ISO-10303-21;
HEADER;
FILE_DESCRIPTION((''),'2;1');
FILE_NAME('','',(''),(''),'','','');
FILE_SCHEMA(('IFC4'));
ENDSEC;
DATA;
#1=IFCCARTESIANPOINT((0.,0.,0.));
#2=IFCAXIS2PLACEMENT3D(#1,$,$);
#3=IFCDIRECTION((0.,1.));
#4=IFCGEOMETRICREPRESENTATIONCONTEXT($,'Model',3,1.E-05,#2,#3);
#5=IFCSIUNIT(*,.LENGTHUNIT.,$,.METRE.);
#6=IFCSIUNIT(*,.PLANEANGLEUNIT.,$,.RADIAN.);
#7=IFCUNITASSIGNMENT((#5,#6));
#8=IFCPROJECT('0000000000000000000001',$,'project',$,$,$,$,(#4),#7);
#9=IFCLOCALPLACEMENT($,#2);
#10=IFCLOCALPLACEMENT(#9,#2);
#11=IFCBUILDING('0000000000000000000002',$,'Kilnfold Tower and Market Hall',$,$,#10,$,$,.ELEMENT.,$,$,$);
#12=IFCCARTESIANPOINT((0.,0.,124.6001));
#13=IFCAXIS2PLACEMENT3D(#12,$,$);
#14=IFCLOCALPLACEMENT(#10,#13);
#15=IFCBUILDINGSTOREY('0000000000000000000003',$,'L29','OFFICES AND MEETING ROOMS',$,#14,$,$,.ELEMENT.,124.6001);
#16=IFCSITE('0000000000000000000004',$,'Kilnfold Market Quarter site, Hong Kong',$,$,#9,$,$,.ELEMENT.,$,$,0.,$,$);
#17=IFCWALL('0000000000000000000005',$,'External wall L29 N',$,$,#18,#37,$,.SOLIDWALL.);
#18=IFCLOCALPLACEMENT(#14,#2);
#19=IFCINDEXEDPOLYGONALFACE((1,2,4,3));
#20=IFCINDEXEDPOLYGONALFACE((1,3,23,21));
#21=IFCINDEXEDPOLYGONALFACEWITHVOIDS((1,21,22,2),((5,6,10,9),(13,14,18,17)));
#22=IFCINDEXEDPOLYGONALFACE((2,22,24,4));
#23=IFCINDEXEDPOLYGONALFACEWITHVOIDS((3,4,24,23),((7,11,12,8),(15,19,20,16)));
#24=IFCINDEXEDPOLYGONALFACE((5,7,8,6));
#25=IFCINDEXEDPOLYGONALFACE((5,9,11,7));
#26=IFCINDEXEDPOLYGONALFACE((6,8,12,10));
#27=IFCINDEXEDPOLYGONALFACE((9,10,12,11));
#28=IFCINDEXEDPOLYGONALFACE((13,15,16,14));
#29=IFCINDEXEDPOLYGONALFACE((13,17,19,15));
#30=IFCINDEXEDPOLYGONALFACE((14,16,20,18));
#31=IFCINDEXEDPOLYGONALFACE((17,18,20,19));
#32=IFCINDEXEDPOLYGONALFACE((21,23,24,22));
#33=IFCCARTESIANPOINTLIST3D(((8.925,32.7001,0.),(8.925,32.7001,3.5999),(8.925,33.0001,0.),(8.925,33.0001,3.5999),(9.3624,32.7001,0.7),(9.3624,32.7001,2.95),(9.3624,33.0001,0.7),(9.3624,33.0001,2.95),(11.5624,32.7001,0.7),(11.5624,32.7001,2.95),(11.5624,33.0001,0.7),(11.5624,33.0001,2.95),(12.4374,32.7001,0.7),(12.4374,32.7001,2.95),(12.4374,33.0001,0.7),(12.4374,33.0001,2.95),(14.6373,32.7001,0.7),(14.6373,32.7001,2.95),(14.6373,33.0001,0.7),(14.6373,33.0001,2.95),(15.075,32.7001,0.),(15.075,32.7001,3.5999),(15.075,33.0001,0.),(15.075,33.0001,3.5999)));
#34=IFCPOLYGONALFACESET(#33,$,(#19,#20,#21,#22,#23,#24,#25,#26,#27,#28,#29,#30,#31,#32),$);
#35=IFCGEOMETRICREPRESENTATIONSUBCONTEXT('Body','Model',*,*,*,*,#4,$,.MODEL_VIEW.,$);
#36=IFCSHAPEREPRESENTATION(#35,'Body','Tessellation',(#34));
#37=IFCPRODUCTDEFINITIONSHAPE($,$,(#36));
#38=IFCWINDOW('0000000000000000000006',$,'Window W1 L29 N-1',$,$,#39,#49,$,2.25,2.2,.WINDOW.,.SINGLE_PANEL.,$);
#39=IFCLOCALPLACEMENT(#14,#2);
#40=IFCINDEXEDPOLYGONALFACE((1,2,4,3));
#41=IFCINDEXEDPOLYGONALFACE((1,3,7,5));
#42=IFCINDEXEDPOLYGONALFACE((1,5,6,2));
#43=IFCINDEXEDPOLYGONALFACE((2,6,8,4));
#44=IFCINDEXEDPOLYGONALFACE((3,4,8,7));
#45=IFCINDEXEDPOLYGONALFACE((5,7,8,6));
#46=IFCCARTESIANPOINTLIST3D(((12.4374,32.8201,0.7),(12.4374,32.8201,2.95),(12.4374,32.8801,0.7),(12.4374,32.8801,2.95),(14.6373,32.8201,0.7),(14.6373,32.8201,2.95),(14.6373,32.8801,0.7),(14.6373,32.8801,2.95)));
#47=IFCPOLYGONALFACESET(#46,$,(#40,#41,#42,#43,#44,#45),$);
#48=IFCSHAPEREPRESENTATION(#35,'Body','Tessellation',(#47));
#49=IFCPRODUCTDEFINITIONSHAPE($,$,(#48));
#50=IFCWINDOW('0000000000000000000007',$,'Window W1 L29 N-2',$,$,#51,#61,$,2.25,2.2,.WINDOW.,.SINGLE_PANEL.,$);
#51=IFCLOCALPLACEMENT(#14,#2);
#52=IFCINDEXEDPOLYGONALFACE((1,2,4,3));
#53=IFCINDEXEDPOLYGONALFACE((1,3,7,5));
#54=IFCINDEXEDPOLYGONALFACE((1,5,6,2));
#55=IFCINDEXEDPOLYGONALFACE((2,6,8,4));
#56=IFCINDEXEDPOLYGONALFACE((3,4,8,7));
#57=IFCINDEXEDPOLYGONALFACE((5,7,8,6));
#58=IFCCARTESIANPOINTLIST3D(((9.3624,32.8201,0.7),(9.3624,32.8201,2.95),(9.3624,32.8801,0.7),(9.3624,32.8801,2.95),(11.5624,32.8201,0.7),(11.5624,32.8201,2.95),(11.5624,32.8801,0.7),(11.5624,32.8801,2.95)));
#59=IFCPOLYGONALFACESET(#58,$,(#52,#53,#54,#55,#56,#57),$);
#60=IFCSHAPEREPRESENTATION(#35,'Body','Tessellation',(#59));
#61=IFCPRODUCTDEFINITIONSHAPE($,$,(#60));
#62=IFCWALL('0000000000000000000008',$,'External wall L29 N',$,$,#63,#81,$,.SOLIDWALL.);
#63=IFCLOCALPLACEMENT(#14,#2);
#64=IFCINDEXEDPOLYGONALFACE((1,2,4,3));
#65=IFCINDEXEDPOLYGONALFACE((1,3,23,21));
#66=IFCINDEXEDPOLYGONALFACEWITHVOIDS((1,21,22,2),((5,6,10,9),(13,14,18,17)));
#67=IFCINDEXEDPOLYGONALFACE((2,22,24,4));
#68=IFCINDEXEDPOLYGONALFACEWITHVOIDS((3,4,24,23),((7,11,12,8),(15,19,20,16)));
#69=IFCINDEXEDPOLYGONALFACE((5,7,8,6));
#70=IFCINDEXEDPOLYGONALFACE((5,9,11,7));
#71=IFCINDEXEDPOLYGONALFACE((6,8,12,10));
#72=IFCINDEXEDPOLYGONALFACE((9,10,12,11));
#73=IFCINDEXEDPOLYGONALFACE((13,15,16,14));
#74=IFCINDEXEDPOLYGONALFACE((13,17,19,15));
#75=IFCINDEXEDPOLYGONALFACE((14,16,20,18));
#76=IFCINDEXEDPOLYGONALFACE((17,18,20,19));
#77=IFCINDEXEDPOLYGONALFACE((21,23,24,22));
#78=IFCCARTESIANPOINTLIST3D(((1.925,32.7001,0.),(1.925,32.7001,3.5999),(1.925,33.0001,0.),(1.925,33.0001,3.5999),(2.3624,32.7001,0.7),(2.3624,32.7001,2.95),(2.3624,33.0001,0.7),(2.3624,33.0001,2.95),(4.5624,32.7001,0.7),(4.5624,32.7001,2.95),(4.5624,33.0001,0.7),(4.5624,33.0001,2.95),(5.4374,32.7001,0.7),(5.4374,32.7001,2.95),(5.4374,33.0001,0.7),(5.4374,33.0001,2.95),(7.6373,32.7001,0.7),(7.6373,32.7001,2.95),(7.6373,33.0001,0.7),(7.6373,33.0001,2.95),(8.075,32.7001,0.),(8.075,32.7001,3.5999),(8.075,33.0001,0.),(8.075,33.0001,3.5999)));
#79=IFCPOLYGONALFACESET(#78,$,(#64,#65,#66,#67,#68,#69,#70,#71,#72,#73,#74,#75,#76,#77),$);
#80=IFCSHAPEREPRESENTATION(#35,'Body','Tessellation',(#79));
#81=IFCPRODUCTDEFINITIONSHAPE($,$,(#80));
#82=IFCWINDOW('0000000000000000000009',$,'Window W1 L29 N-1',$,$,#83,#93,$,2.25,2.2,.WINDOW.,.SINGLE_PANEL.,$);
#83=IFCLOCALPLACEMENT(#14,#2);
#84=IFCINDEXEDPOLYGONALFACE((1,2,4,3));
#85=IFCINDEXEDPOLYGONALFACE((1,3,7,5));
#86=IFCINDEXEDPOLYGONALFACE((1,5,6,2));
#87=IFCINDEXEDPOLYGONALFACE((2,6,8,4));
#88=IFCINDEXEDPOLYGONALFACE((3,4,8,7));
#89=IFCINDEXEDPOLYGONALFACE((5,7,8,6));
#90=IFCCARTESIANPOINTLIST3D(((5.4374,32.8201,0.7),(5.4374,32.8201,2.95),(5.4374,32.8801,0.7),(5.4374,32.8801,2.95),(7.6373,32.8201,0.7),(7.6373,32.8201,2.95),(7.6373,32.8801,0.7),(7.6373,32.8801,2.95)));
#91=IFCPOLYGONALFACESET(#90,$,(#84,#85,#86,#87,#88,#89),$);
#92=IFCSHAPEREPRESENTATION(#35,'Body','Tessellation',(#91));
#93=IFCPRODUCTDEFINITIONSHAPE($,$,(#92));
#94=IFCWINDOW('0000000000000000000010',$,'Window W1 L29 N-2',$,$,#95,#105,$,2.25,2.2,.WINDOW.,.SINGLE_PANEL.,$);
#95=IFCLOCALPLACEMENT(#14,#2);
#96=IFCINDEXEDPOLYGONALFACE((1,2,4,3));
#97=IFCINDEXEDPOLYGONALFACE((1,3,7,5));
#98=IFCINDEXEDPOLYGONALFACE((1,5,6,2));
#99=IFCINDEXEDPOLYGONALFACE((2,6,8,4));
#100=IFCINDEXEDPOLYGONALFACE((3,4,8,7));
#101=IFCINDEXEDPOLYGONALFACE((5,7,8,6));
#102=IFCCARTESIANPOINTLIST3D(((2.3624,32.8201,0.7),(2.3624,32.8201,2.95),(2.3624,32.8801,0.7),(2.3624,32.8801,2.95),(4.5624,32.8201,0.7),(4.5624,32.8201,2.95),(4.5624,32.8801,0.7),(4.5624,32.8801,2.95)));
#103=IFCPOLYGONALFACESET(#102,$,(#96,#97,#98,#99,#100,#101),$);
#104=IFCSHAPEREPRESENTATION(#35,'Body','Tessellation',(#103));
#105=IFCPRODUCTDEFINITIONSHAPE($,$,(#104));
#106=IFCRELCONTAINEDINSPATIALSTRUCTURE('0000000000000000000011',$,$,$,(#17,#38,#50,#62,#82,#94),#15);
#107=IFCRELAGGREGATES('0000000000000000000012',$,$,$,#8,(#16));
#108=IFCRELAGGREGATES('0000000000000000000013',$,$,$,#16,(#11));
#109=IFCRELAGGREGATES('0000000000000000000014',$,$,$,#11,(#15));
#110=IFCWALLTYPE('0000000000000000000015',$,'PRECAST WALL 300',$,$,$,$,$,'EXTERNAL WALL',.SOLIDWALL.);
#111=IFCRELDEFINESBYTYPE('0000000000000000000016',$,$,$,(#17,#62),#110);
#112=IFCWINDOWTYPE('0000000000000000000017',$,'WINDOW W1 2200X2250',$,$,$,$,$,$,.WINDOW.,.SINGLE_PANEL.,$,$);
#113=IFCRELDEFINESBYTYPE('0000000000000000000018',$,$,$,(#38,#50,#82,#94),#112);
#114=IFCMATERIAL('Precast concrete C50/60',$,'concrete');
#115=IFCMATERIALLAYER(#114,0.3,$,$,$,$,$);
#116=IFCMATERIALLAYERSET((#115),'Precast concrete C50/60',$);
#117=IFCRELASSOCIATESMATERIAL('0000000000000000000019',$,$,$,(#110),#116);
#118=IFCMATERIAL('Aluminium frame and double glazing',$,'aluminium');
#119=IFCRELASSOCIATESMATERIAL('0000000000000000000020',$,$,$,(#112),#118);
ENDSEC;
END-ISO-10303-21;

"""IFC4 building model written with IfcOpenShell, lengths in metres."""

from ifc_helpers import new_model, si_unit, direction, frame, frame_2d, origin, place, context, subcontext, project, spatial, rectangle, extrude, source, transform, mapped, material, layer, layer_set, type_object, element, fill, save


model = new_model("IFC4")

# Units and contexts
model_context = context("Model", 3, precision=1e-05, world=origin(), true_north=direction((0.0, 1.0)))
body_context = subcontext(model_context, "Body", "Model", "MODEL_VIEW")
ifc_project = project(units=[si_unit("LENGTHUNIT", "METRE"), si_unit("PLANEANGLEUNIT", "RADIAN")], contexts=[model_context])

# Site, building, storey
site_placement = place(None, origin())
site = spatial("IfcSite", under=ifc_project, at=site_placement, Name="Kilnfold Market Quarter site, Hong Kong", CompositionType="ELEMENT", RefElevation=0.0)
building_placement = place(site_placement, origin())
building = spatial("IfcBuilding", under=site, at=building_placement, Name="Kilnfold Tower and Market Hall", CompositionType="ELEMENT")
storey_placement = place(building_placement, frame((0.0, 0.0, 124.6001)))
storey = spatial("IfcBuildingStorey", under=building, at=storey_placement, Name="L29", Description="OFFICES AND MEETING ROOMS", CompositionType="ELEMENT", Elevation=124.6001)

# Walls, openings, windows
ifc_material_1 = material(Name="Precast concrete C50/60", Category="concrete")
ifc_layer_1 = layer(ifc_material_1, 0.3)
ifc_layer_set_1 = layer_set([ifc_layer_1], Name="Precast concrete C50/60")
wall_type_1 = type_object("IfcWallType", Name="PRECAST WALL 300", ElementType="EXTERNAL WALL", PredefinedType="SOLIDWALL", material=ifc_layer_set_1)
shared_shape_1 = source(origin(), body_context, "Body", "SweptSolid", [
    extrude(rectangle(XDim=6.1499, YDim=0.3, at=frame_2d((3.075, 0.0))), origin(), (0.0, 0.0, 1.0), 3.5999),
])
ifc_material_2 = material(Name="Aluminium frame and double glazing", Category="aluminium")
window_type = type_object("IfcWindowType", Name="WINDOW W1 2200X2250", PartitioningType="SINGLE_PANEL", PredefinedType="WINDOW", material=ifc_material_2)
wall_1_placement = place(storey_placement, frame((15.075, 32.8501, 0.0), z_axis=(0.0, 0.0, 1.0), x_axis=(-1.0, 0.0, 0.0)))
wall_1 = element("IfcWall", 1, at=wall_1_placement, inside=storey, type_object=wall_type_1, Name="External wall L29 N", PredefinedType="SOLIDWALL", context=body_context, shape_type="MappedRepresentation", body=[
    mapped(shared_shape_1, transform((0.0, 0.0, 0.0))),
])
opening_1_placement = place(wall_1_placement, frame((0.4375, 0.0, 0.7)))
opening_1 = element("IfcOpeningElement", 2, at=opening_1_placement, cuts=wall_1, PredefinedType="OPENING", context=body_context, shape_type="SweptSolid", body=[
    extrude(rectangle(XDim=2.2, YDim=2.25, at=frame_2d((1.1001, 1.125))), frame((0.0, 0.1602, 0.0), z_axis=(0.0, -1.0, 0.0), x_axis=(1.0, 0.0, 0.0)), (0.0, 0.0, 1.0), 0.3201),
])
opening_2_placement = place(wall_1_placement, frame((3.5125, 0.0, 0.7)))
opening_2 = element("IfcOpeningElement", 3, at=opening_2_placement, cuts=wall_1, PredefinedType="OPENING", context=body_context, shape_type="SweptSolid", body=[
    extrude(rectangle(XDim=2.2, YDim=2.25, at=frame_2d((1.1001, 1.125))), frame((0.0, 0.1602, 0.0), z_axis=(0.0, -1.0, 0.0), x_axis=(1.0, 0.0, 0.0)), (0.0, 0.0, 1.0), 0.3201),
])
window_1_placement = place(opening_1_placement, origin())
window_1 = element("IfcWindow", 4, at=window_1_placement, inside=storey, type_object=window_type, Name="Window W1 L29 N-1", OverallHeight=2.25, OverallWidth=2.2, PartitioningType="SINGLE_PANEL", PredefinedType="WINDOW", context=body_context, shape_type="SweptSolid", body=[
    extrude(rectangle(XDim=2.2, YDim=2.25, at=frame_2d((1.1001, 1.125))), frame((0.0, 0.03, 0.0), z_axis=(0.0, -1.0, 0.0), x_axis=(1.0, 0.0, 0.0)), (0.0, 0.0, 1.0), 0.0601),
])
fill(opening_1, window_1)
window_2_placement = place(opening_2_placement, origin())
window_2 = element("IfcWindow", 5, at=window_2_placement, inside=storey, type_object=window_type, Name="Window W1 L29 N-2", OverallHeight=2.25, OverallWidth=2.2, PartitioningType="SINGLE_PANEL", PredefinedType="WINDOW", context=body_context, shape_type="SweptSolid", body=[
    extrude(rectangle(XDim=2.2, YDim=2.25, at=frame_2d((1.1001, 1.125))), frame((0.0, 0.03, 0.0), z_axis=(0.0, -1.0, 0.0), x_axis=(1.0, 0.0, 0.0)), (0.0, 0.0, 1.0), 0.0601),
])
fill(opening_2, window_2)
wall_2_placement = place(storey_placement, frame((8.075, 32.8501, 0.0), z_axis=(0.0, 0.0, 1.0), x_axis=(-1.0, 0.0, 0.0)))
wall_2 = element("IfcWall", 6, at=wall_2_placement, inside=storey, type_object=wall_type_1, Name="External wall L29 N", PredefinedType="SOLIDWALL", context=body_context, shape_type="MappedRepresentation", body=[
    mapped(shared_shape_1, transform((0.0, 0.0, 0.0))),
])
opening_3_placement = place(wall_2_placement, frame((0.4375, 0.0, 0.7)))
opening_3 = element("IfcOpeningElement", 7, at=opening_3_placement, cuts=wall_2, PredefinedType="OPENING", context=body_context, shape_type="SweptSolid", body=[
    extrude(rectangle(XDim=2.2, YDim=2.25, at=frame_2d((1.1001, 1.125))), frame((0.0, 0.1602, 0.0), z_axis=(0.0, -1.0, 0.0), x_axis=(1.0, 0.0, 0.0)), (0.0, 0.0, 1.0), 0.3201),
])
opening_4_placement = place(wall_2_placement, frame((3.5125, 0.0, 0.7)))
opening_4 = element("IfcOpeningElement", 8, at=opening_4_placement, cuts=wall_2, PredefinedType="OPENING", context=body_context, shape_type="SweptSolid", body=[
    extrude(rectangle(XDim=2.2, YDim=2.25, at=frame_2d((1.1001, 1.125))), frame((0.0, 0.1602, 0.0), z_axis=(0.0, -1.0, 0.0), x_axis=(1.0, 0.0, 0.0)), (0.0, 0.0, 1.0), 0.3201),
])
window_3_placement = place(opening_3_placement, origin())
window_3 = element("IfcWindow", 9, at=window_3_placement, inside=storey, type_object=window_type, Name="Window W1 L29 N-1", OverallHeight=2.25, OverallWidth=2.2, PartitioningType="SINGLE_PANEL", PredefinedType="WINDOW", context=body_context, shape_type="SweptSolid", body=[
    extrude(rectangle(XDim=2.2, YDim=2.25, at=frame_2d((1.1001, 1.125))), frame((0.0, 0.03, 0.0), z_axis=(0.0, -1.0, 0.0), x_axis=(1.0, 0.0, 0.0)), (0.0, 0.0, 1.0), 0.0601),
])
fill(opening_3, window_3)
window_4_placement = place(opening_4_placement, origin())
window_4 = element("IfcWindow", 10, at=window_4_placement, inside=storey, type_object=window_type, Name="Window W1 L29 N-2", OverallHeight=2.25, OverallWidth=2.2, PartitioningType="SINGLE_PANEL", PredefinedType="WINDOW", context=body_context, shape_type="SweptSolid", body=[
    extrude(rectangle(XDim=2.2, YDim=2.25, at=frame_2d((1.1001, 1.125))), frame((0.0, 0.03, 0.0), z_axis=(0.0, -1.0, 0.0), x_axis=(1.0, 0.0, 0.0)), (0.0, 0.0, 1.0), 0.0601),
])
fill(opening_4, window_4)

save(model, "model.ifc")
